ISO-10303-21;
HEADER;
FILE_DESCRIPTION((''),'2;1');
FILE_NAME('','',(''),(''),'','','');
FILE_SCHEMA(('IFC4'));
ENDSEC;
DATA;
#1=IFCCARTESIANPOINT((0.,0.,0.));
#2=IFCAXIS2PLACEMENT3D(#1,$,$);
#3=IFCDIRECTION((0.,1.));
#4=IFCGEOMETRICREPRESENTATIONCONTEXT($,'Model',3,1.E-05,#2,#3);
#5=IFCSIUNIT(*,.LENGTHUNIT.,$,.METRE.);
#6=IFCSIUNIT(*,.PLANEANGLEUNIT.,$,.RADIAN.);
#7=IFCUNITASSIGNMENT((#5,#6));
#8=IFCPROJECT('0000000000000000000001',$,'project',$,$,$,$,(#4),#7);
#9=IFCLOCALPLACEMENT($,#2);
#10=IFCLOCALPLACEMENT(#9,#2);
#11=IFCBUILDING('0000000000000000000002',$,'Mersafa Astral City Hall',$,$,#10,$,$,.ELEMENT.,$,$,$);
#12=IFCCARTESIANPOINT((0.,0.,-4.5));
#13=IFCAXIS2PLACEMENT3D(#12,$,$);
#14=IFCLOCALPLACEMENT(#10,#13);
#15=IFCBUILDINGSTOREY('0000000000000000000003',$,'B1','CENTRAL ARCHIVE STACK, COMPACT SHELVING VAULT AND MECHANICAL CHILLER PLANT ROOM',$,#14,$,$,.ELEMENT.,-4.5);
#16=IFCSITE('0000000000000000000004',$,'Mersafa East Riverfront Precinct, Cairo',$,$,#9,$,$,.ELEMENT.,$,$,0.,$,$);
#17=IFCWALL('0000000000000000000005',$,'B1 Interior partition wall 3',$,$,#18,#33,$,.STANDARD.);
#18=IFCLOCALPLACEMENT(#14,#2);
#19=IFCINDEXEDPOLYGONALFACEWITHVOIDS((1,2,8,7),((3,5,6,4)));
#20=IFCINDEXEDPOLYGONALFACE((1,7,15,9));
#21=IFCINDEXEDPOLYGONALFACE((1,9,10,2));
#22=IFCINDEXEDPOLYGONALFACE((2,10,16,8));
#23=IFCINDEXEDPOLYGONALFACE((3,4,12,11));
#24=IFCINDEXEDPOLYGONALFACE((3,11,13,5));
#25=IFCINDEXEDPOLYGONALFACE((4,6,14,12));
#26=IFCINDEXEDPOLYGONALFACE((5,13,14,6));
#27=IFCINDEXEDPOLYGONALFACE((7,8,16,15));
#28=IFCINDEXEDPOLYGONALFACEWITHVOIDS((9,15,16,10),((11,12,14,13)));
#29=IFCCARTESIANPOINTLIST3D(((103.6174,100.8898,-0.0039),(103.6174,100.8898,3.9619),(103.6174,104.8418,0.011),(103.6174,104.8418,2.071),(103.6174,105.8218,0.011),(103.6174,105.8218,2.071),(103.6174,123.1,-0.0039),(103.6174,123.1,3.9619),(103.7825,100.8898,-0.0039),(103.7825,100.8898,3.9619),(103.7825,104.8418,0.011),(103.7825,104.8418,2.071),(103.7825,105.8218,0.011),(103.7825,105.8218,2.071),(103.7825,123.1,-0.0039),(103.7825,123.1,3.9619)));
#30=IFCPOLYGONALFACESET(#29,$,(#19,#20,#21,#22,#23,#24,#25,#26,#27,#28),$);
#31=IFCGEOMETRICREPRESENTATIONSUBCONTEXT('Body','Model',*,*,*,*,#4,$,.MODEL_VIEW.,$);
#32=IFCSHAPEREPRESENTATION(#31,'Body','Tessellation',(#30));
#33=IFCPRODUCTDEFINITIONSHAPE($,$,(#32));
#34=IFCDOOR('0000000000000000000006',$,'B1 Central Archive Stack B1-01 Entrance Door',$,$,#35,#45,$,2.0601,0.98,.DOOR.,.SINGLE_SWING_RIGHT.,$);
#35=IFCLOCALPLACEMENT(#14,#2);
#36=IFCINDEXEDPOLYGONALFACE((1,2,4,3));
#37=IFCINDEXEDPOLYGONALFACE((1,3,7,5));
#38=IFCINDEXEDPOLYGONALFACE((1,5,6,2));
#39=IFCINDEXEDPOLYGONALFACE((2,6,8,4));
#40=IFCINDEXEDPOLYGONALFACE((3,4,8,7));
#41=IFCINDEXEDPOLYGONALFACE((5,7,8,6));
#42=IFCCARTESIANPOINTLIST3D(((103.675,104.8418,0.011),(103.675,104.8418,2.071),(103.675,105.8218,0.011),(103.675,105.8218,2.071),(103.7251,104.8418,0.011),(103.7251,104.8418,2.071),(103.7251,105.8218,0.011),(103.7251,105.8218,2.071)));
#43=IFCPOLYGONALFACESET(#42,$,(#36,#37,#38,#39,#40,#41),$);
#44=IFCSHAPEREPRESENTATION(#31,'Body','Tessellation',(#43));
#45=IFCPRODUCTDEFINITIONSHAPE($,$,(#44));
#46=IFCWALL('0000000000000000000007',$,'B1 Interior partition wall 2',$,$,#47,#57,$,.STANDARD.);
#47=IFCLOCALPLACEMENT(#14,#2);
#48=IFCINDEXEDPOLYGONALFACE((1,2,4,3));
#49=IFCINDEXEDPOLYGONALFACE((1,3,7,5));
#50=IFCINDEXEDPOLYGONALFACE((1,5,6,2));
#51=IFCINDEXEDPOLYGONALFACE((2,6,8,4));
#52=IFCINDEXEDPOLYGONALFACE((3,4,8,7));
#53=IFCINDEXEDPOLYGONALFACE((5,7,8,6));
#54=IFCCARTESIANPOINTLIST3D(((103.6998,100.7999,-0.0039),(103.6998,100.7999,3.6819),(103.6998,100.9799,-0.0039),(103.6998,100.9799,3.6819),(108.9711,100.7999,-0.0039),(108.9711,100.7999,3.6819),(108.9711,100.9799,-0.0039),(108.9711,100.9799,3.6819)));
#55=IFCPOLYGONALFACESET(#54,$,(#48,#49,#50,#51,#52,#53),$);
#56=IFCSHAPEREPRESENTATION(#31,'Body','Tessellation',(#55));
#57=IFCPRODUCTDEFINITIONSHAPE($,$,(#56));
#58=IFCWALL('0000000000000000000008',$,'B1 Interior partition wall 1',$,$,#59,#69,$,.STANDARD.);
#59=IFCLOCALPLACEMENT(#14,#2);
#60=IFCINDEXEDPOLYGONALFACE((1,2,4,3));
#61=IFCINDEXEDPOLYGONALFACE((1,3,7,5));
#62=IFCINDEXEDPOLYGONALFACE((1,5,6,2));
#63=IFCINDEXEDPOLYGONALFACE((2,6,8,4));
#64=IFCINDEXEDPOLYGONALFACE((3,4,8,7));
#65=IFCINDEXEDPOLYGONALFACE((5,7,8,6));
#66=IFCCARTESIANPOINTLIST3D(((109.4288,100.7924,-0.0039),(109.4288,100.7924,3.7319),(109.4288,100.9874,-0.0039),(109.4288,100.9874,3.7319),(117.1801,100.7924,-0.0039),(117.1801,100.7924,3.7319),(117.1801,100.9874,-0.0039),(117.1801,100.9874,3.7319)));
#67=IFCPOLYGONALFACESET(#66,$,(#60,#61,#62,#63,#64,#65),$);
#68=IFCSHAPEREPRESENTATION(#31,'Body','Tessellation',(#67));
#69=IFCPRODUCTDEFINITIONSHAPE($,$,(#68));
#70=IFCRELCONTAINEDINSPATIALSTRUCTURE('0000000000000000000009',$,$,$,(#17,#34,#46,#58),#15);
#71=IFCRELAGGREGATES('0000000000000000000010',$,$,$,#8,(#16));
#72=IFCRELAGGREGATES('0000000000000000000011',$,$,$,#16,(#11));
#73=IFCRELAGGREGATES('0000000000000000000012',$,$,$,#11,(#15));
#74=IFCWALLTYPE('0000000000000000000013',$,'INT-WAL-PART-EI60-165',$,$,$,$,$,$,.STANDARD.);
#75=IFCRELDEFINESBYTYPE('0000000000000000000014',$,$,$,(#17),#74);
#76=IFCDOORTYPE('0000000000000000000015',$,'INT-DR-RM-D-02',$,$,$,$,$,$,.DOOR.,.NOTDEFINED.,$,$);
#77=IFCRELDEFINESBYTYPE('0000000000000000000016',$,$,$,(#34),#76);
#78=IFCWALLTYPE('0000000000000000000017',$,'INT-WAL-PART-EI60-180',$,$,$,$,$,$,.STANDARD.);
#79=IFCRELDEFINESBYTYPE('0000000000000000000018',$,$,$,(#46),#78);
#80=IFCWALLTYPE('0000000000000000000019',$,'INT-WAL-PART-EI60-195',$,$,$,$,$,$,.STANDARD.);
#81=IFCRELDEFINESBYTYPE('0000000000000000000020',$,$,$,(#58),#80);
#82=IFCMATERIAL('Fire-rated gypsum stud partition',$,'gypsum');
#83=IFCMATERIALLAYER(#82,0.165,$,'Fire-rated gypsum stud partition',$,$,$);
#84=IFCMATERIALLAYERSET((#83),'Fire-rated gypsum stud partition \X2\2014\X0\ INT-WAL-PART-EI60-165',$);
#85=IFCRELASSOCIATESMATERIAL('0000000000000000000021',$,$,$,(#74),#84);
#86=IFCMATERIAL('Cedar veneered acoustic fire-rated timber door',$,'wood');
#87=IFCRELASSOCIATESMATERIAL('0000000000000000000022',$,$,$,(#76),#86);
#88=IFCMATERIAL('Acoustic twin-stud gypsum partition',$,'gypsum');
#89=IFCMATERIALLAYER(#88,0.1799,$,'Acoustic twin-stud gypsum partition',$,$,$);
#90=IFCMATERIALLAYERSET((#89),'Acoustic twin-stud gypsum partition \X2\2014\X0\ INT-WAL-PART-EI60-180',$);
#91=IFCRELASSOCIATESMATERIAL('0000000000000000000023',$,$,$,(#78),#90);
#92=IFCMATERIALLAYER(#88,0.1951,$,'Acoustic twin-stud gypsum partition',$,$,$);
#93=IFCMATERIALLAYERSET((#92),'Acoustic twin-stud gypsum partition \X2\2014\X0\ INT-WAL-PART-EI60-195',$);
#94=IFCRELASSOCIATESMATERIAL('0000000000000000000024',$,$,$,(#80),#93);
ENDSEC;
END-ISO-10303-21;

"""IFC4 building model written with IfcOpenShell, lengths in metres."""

from ifc_helpers import new_model, si_unit, direction, frame, frame_2d, origin, place, context, subcontext, project, spatial, rectangle, extrude, material, layer, layer_set, type_object, element, fill, save


model = new_model("IFC4")

# Units and contexts
model_context = context("Model", 3, precision=1e-05, world=origin(), true_north=direction((0.0, 1.0)))
body_context = subcontext(model_context, "Body", "Model", "MODEL_VIEW")
ifc_project = project(units=[si_unit("LENGTHUNIT", "METRE"), si_unit("PLANEANGLEUNIT", "RADIAN")], contexts=[model_context])

# Site, building, storey
site_placement = place(None, origin())
site = spatial("IfcSite", under=ifc_project, at=site_placement, Name="Mersafa East Riverfront Precinct, Cairo", CompositionType="ELEMENT", RefElevation=0.0)
building_placement = place(site_placement, origin())
building = spatial("IfcBuilding", under=site, at=building_placement, Name="Mersafa Astral City Hall", CompositionType="ELEMENT")
storey_placement = place(building_placement, frame((0.0, 0.0, -4.5)))
storey = spatial("IfcBuildingStorey", under=building, at=storey_placement, Name="B1", Description="CENTRAL ARCHIVE STACK, COMPACT SHELVING VAULT AND MECHANICAL CHILLER PLANT ROOM", CompositionType="ELEMENT", Elevation=-4.5)

# Wall, opening, door
ifc_material_1 = material(Name="Fire-rated gypsum stud partition", Category="gypsum")
ifc_layer_1 = layer(ifc_material_1, 0.165, Name="Fire-rated gypsum stud partition")
ifc_layer_set_1 = layer_set([ifc_layer_1], Name="Fire-rated gypsum stud partition — INT-WAL-PART-EI60-165")
wall_type_1 = type_object("IfcWallType", Name="INT-WAL-PART-EI60-165", PredefinedType="STANDARD", material=ifc_layer_set_1)
wall_1_placement = place(storey_placement, frame((103.7, 100.8899, -0.0039), z_axis=(0.0, 0.0, 1.0), x_axis=(0.0, 1.0, 0.0)))
wall_1 = element("IfcWall", 1, at=wall_1_placement, inside=storey, type_object=wall_type_1, Name="B1 Interior partition wall 3", PredefinedType="STANDARD", context=body_context, shape_type="SweptSolid", body=[
    extrude(rectangle(XDim=22.2102, YDim=0.165, at=frame_2d((11.105, 0.0))), origin(), (0.0, 0.0, 1.0), 3.9658),
])
opening_placement = place(wall_1_placement, frame((3.9519, 0.0, 0.0149)))
opening = element("IfcOpeningElement", 2, at=opening_placement, cuts=wall_1, PredefinedType="OPENING", context=body_context, shape_type="SweptSolid", body=[
    extrude(rectangle(XDim=0.98, YDim=2.0601, at=frame_2d((0.49, 1.03))), frame((0.0, 0.0925, 0.0), z_axis=(0.0, -1.0, 0.0), x_axis=(1.0, 0.0, 0.0)), (0.0, 0.0, 1.0), 0.1851),
])
ifc_material_2 = material(Name="Cedar veneered acoustic fire-rated timber door", Category="wood")
door_type = type_object("IfcDoorType", Name="INT-DR-RM-D-02", OperationType="NOTDEFINED", PredefinedType="DOOR", material=ifc_material_2)
door_placement = place(opening_placement, origin())
door = element("IfcDoor", 3, at=door_placement, inside=storey, type_object=door_type, Name="B1 Central Archive Stack B1-01 Entrance Door", OperationType="SINGLE_SWING_RIGHT", OverallHeight=2.0601, OverallWidth=0.98, PredefinedType="DOOR", context=body_context, shape_type="SweptSolid", body=[
    extrude(rectangle(XDim=0.98, YDim=2.0601, at=frame_2d((0.49, 1.03))), frame((0.0, 0.0249, 0.0), z_axis=(0.0, -1.0, 0.0), x_axis=(1.0, 0.0, 0.0)), (0.0, 0.0, 1.0), 0.05),
])
fill(opening, door)

# Walls
ifc_material_3 = material(Name="Acoustic twin-stud gypsum partition", Category="gypsum")
ifc_layer_2 = layer(ifc_material_3, 0.1799, Name="Acoustic twin-stud gypsum partition")
ifc_layer_set_2 = layer_set([ifc_layer_2], Name="Acoustic twin-stud gypsum partition — INT-WAL-PART-EI60-180")
wall_type_2 = type_object("IfcWallType", Name="INT-WAL-PART-EI60-180", PredefinedType="STANDARD", material=ifc_layer_set_2)
wall_2_placement = place(storey_placement, frame((108.9712, 100.8899, -0.0039), z_axis=(0.0, 0.0, 1.0), x_axis=(-1.0, 0.0, 0.0)))
element("IfcWall", 4, at=wall_2_placement, inside=storey, type_object=wall_type_2, Name="B1 Interior partition wall 2", PredefinedType="STANDARD", context=body_context, shape_type="SweptSolid", body=[
    extrude(rectangle(XDim=5.2712, YDim=0.1799, at=frame_2d((2.6357, 0.0))), origin(), (0.0, 0.0, 1.0), 3.6858),
])
ifc_layer_3 = layer(ifc_material_3, 0.1951, Name="Acoustic twin-stud gypsum partition")
ifc_layer_set_3 = layer_set([ifc_layer_3], Name="Acoustic twin-stud gypsum partition — INT-WAL-PART-EI60-195")
wall_type_3 = type_object("IfcWallType", Name="INT-WAL-PART-EI60-195", PredefinedType="STANDARD", material=ifc_layer_set_3)
wall_3_placement = place(storey_placement, frame((117.1799, 100.8899, -0.0039), z_axis=(0.0, 0.0, 1.0), x_axis=(-1.0, 0.0, 0.0)))
element("IfcWall", 5, at=wall_3_placement, inside=storey, type_object=wall_type_3, Name="B1 Interior partition wall 1", PredefinedType="STANDARD", context=body_context, shape_type="SweptSolid", body=[
    extrude(rectangle(XDim=7.7512, YDim=0.1951, at=frame_2d((3.8755, 0.0))), origin(), (0.0, 0.0, 1.0), 3.7358),
])

save(model, "model.ifc")
